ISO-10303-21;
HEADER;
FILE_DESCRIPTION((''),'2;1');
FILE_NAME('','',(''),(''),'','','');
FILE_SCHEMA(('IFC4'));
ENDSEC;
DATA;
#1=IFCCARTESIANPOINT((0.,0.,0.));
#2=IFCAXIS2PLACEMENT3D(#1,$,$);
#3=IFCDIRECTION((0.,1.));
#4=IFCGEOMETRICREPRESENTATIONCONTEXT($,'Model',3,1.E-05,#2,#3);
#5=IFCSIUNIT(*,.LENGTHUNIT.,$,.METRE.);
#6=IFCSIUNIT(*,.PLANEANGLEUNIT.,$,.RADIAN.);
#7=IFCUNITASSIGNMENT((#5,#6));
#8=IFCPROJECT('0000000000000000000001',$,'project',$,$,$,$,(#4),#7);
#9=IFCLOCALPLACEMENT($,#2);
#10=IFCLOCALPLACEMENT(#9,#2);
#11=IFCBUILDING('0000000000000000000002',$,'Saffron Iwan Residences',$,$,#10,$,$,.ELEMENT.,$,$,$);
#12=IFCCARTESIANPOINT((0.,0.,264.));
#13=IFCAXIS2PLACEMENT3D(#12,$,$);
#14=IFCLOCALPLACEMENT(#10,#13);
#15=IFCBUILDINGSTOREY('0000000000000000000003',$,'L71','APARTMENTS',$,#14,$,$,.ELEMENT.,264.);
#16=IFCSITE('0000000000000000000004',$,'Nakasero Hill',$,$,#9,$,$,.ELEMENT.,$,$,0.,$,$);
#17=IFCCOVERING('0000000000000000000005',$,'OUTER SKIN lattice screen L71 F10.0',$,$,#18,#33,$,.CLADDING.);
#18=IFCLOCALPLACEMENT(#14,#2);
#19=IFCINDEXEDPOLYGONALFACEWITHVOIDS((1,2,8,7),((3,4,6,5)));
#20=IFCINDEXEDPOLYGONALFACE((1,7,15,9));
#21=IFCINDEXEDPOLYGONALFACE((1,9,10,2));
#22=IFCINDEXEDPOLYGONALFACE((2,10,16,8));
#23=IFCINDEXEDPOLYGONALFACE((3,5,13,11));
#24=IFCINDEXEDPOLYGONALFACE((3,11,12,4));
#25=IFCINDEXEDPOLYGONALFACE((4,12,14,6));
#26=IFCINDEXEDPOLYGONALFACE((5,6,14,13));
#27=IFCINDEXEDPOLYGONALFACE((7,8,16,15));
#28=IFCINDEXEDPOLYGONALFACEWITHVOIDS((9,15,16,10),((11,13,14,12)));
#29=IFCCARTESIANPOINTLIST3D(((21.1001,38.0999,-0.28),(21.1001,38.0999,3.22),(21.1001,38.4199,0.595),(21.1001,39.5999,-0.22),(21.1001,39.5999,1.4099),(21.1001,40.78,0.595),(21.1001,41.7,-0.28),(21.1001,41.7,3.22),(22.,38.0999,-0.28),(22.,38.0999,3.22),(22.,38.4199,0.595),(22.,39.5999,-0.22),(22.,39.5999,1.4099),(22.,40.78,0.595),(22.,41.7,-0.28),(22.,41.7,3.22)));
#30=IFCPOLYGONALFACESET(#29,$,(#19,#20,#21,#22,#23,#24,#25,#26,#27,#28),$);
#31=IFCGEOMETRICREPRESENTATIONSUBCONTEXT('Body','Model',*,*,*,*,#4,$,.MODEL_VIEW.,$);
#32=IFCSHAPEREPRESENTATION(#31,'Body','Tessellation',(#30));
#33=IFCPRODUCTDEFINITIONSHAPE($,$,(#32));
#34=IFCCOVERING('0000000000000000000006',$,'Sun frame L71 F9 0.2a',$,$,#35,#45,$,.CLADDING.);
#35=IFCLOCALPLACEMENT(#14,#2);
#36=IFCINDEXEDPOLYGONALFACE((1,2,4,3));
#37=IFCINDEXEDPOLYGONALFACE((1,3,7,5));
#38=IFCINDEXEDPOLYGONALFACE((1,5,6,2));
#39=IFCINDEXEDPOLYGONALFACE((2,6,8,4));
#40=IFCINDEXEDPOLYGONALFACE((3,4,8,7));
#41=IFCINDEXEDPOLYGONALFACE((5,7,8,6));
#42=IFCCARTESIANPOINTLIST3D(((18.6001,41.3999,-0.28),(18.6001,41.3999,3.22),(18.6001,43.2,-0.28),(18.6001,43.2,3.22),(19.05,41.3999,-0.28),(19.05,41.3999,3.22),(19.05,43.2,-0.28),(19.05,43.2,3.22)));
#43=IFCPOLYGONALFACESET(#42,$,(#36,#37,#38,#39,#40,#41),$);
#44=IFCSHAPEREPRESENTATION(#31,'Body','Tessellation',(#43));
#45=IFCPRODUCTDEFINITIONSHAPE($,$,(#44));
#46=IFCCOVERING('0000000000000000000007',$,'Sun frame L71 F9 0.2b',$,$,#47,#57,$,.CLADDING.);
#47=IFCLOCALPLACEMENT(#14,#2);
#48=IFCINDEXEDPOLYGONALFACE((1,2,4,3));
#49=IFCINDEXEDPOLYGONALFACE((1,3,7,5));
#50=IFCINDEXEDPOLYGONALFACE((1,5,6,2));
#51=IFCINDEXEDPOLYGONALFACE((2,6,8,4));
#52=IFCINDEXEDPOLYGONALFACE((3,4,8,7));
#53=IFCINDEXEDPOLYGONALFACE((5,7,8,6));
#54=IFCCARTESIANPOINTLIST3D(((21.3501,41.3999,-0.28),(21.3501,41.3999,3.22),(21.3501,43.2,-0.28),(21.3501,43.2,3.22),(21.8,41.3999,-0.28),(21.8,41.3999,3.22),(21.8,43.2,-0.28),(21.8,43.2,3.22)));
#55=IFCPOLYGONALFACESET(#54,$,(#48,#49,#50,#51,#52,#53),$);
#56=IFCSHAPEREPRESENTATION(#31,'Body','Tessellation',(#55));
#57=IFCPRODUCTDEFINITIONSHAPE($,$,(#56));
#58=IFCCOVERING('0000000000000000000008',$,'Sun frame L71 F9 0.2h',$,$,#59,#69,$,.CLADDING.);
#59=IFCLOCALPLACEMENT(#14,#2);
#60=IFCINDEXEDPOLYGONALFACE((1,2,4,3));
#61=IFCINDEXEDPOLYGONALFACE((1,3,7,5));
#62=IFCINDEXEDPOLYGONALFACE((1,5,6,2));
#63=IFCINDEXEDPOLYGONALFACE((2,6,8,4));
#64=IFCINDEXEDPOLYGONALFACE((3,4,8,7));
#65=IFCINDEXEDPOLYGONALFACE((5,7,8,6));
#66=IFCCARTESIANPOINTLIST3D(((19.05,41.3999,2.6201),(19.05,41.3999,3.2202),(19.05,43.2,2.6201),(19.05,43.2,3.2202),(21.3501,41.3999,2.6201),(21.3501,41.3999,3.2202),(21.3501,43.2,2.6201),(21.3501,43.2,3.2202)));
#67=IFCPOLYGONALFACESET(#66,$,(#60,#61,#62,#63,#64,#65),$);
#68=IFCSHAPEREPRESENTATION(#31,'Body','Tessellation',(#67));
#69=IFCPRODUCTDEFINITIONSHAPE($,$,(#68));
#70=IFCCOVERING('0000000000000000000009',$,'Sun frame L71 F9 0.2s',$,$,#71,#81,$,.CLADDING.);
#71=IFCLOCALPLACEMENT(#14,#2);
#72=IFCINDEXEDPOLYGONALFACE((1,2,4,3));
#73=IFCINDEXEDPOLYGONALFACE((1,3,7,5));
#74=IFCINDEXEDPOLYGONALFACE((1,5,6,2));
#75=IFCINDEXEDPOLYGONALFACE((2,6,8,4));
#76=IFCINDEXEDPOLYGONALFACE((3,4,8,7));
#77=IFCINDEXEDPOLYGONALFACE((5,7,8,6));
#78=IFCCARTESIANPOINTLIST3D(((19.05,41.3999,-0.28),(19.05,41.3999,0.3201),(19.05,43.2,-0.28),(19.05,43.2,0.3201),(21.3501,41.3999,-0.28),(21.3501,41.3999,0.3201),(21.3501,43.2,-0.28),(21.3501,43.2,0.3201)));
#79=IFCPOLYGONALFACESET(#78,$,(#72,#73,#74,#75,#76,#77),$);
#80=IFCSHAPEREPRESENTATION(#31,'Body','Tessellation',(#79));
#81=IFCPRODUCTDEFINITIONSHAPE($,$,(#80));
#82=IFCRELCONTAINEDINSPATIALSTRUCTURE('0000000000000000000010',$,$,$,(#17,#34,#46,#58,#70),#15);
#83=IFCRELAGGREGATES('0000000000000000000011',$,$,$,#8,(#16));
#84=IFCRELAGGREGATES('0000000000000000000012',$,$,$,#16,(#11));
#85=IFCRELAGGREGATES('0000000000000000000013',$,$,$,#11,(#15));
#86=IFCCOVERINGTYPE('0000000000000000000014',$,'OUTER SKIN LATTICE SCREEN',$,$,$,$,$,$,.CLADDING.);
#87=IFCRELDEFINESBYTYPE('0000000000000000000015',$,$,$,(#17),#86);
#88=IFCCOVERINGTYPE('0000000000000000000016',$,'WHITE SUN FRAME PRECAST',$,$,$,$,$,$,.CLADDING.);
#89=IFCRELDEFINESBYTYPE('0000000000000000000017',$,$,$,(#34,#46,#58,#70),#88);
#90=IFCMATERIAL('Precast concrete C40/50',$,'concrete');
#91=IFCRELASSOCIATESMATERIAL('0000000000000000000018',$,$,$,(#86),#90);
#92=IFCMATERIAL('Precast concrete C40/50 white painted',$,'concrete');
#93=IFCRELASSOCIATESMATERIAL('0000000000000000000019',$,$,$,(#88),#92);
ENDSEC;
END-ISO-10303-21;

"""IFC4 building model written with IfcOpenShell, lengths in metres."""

from ifc_helpers import new_model, si_unit, direction, frame, origin, place, context, subcontext, project, spatial, polyline, outline, extrude, material, type_object, element, save


model = new_model("IFC4")

# Units and contexts
model_context = context("Model", 3, precision=1e-05, world=origin(), true_north=direction((0.0, 1.0)))
body_context = subcontext(model_context, "Body", "Model", "MODEL_VIEW")
ifc_project = project(units=[si_unit("LENGTHUNIT", "METRE"), si_unit("PLANEANGLEUNIT", "RADIAN")], contexts=[model_context])

# Site, building, storey
site_placement = place(None, origin())
site = spatial("IfcSite", under=ifc_project, at=site_placement, Name="Nakasero Hill", CompositionType="ELEMENT", RefElevation=0.0)
building_placement = place(site_placement, origin())
building = spatial("IfcBuilding", under=site, at=building_placement, Name="Saffron Iwan Residences", CompositionType="ELEMENT")
storey_placement = place(building_placement, frame((0.0, 0.0, 264.0)))
storey = spatial("IfcBuildingStorey", under=building, at=storey_placement, Name="L71", Description="APARTMENTS", CompositionType="ELEMENT", Elevation=264.0)

# Coverings
ifc_material_1 = material(Name="Precast concrete C40/50", Category="concrete")
covering_type_1 = type_object("IfcCoveringType", Name="OUTER SKIN LATTICE SCREEN", PredefinedType="CLADDING", material=ifc_material_1)
covering_placement = place(storey_placement, frame((22.0, 41.7, -0.28), z_axis=(-1.0, 0.0, 0.0), x_axis=(0.0, -1.0, 0.0)))
element("IfcCovering", 1, at=covering_placement, inside=storey, type_object=covering_type_1, Name="OUTER SKIN lattice screen L71 F10.0", PredefinedType="CLADDING", context=body_context, shape_type="SweptSolid", body=[
    extrude(outline(polyline([(0.0, 0.0), (3.6001, 0.0), (3.6001, 3.5), (0.0, 3.5), (0.0, 0.0)]), holes=[polyline([(0.9199, 0.875), (2.1001, 0.0601), (3.28, 0.875), (2.1001, 1.6899), (0.9199, 0.875)])]), origin(), (0.0, 0.0, 1.0), 0.8999),
])
ifc_material_2 = material(Name="Precast concrete C40/50 white painted", Category="concrete")
covering_type_2 = type_object("IfcCoveringType", Name="WHITE SUN FRAME PRECAST", PredefinedType="CLADDING", material=ifc_material_2)
for number, where, z_axis, x_axis, name in (
    (2, (18.6001, 43.2, -0.28), (0.0, -1.0, 0.0), (1.0, 0.0, 0.0), "Sun frame L71 F9 0.2a"),
    (3, (21.3501, 43.2, -0.28), (0.0, -1.0, 0.0), (1.0, 0.0, 0.0), "Sun frame L71 F9 0.2b"),
):
    element("IfcCovering", number, at=place(storey_placement, frame(where, z_axis=z_axis, x_axis=x_axis)), inside=storey, type_object=covering_type_2, Name=name, PredefinedType="CLADDING", context=body_context, shape_type="SweptSolid", body=[
        extrude(outline(polyline([(0.0, 0.0), (0.45, 0.0), (0.45, 3.5), (0.0, 3.5), (0.0, 0.0)])), origin(), (0.0, 0.0, 1.0), 1.8),
    ])
for number, where, z_axis, x_axis, name in (
    (4, (19.05, 43.2, 2.6201), (0.0, -1.0, 0.0), (1.0, 0.0, 0.0), "Sun frame L71 F9 0.2h"),
    (5, (19.05, 43.2, -0.28), (0.0, -1.0, 0.0), (1.0, 0.0, 0.0), "Sun frame L71 F9 0.2s"),
):
    element("IfcCovering", number, at=place(storey_placement, frame(where, z_axis=z_axis, x_axis=x_axis)), inside=storey, type_object=covering_type_2, Name=name, PredefinedType="CLADDING", context=body_context, shape_type="SweptSolid", body=[
        extrude(outline(polyline([(0.0, 0.0), (2.3, 0.0), (2.3, 0.6001), (0.0, 0.6001), (0.0, 0.0)])), origin(), (0.0, 0.0, 1.0), 1.8),
    ])

save(model, "model.ifc")
